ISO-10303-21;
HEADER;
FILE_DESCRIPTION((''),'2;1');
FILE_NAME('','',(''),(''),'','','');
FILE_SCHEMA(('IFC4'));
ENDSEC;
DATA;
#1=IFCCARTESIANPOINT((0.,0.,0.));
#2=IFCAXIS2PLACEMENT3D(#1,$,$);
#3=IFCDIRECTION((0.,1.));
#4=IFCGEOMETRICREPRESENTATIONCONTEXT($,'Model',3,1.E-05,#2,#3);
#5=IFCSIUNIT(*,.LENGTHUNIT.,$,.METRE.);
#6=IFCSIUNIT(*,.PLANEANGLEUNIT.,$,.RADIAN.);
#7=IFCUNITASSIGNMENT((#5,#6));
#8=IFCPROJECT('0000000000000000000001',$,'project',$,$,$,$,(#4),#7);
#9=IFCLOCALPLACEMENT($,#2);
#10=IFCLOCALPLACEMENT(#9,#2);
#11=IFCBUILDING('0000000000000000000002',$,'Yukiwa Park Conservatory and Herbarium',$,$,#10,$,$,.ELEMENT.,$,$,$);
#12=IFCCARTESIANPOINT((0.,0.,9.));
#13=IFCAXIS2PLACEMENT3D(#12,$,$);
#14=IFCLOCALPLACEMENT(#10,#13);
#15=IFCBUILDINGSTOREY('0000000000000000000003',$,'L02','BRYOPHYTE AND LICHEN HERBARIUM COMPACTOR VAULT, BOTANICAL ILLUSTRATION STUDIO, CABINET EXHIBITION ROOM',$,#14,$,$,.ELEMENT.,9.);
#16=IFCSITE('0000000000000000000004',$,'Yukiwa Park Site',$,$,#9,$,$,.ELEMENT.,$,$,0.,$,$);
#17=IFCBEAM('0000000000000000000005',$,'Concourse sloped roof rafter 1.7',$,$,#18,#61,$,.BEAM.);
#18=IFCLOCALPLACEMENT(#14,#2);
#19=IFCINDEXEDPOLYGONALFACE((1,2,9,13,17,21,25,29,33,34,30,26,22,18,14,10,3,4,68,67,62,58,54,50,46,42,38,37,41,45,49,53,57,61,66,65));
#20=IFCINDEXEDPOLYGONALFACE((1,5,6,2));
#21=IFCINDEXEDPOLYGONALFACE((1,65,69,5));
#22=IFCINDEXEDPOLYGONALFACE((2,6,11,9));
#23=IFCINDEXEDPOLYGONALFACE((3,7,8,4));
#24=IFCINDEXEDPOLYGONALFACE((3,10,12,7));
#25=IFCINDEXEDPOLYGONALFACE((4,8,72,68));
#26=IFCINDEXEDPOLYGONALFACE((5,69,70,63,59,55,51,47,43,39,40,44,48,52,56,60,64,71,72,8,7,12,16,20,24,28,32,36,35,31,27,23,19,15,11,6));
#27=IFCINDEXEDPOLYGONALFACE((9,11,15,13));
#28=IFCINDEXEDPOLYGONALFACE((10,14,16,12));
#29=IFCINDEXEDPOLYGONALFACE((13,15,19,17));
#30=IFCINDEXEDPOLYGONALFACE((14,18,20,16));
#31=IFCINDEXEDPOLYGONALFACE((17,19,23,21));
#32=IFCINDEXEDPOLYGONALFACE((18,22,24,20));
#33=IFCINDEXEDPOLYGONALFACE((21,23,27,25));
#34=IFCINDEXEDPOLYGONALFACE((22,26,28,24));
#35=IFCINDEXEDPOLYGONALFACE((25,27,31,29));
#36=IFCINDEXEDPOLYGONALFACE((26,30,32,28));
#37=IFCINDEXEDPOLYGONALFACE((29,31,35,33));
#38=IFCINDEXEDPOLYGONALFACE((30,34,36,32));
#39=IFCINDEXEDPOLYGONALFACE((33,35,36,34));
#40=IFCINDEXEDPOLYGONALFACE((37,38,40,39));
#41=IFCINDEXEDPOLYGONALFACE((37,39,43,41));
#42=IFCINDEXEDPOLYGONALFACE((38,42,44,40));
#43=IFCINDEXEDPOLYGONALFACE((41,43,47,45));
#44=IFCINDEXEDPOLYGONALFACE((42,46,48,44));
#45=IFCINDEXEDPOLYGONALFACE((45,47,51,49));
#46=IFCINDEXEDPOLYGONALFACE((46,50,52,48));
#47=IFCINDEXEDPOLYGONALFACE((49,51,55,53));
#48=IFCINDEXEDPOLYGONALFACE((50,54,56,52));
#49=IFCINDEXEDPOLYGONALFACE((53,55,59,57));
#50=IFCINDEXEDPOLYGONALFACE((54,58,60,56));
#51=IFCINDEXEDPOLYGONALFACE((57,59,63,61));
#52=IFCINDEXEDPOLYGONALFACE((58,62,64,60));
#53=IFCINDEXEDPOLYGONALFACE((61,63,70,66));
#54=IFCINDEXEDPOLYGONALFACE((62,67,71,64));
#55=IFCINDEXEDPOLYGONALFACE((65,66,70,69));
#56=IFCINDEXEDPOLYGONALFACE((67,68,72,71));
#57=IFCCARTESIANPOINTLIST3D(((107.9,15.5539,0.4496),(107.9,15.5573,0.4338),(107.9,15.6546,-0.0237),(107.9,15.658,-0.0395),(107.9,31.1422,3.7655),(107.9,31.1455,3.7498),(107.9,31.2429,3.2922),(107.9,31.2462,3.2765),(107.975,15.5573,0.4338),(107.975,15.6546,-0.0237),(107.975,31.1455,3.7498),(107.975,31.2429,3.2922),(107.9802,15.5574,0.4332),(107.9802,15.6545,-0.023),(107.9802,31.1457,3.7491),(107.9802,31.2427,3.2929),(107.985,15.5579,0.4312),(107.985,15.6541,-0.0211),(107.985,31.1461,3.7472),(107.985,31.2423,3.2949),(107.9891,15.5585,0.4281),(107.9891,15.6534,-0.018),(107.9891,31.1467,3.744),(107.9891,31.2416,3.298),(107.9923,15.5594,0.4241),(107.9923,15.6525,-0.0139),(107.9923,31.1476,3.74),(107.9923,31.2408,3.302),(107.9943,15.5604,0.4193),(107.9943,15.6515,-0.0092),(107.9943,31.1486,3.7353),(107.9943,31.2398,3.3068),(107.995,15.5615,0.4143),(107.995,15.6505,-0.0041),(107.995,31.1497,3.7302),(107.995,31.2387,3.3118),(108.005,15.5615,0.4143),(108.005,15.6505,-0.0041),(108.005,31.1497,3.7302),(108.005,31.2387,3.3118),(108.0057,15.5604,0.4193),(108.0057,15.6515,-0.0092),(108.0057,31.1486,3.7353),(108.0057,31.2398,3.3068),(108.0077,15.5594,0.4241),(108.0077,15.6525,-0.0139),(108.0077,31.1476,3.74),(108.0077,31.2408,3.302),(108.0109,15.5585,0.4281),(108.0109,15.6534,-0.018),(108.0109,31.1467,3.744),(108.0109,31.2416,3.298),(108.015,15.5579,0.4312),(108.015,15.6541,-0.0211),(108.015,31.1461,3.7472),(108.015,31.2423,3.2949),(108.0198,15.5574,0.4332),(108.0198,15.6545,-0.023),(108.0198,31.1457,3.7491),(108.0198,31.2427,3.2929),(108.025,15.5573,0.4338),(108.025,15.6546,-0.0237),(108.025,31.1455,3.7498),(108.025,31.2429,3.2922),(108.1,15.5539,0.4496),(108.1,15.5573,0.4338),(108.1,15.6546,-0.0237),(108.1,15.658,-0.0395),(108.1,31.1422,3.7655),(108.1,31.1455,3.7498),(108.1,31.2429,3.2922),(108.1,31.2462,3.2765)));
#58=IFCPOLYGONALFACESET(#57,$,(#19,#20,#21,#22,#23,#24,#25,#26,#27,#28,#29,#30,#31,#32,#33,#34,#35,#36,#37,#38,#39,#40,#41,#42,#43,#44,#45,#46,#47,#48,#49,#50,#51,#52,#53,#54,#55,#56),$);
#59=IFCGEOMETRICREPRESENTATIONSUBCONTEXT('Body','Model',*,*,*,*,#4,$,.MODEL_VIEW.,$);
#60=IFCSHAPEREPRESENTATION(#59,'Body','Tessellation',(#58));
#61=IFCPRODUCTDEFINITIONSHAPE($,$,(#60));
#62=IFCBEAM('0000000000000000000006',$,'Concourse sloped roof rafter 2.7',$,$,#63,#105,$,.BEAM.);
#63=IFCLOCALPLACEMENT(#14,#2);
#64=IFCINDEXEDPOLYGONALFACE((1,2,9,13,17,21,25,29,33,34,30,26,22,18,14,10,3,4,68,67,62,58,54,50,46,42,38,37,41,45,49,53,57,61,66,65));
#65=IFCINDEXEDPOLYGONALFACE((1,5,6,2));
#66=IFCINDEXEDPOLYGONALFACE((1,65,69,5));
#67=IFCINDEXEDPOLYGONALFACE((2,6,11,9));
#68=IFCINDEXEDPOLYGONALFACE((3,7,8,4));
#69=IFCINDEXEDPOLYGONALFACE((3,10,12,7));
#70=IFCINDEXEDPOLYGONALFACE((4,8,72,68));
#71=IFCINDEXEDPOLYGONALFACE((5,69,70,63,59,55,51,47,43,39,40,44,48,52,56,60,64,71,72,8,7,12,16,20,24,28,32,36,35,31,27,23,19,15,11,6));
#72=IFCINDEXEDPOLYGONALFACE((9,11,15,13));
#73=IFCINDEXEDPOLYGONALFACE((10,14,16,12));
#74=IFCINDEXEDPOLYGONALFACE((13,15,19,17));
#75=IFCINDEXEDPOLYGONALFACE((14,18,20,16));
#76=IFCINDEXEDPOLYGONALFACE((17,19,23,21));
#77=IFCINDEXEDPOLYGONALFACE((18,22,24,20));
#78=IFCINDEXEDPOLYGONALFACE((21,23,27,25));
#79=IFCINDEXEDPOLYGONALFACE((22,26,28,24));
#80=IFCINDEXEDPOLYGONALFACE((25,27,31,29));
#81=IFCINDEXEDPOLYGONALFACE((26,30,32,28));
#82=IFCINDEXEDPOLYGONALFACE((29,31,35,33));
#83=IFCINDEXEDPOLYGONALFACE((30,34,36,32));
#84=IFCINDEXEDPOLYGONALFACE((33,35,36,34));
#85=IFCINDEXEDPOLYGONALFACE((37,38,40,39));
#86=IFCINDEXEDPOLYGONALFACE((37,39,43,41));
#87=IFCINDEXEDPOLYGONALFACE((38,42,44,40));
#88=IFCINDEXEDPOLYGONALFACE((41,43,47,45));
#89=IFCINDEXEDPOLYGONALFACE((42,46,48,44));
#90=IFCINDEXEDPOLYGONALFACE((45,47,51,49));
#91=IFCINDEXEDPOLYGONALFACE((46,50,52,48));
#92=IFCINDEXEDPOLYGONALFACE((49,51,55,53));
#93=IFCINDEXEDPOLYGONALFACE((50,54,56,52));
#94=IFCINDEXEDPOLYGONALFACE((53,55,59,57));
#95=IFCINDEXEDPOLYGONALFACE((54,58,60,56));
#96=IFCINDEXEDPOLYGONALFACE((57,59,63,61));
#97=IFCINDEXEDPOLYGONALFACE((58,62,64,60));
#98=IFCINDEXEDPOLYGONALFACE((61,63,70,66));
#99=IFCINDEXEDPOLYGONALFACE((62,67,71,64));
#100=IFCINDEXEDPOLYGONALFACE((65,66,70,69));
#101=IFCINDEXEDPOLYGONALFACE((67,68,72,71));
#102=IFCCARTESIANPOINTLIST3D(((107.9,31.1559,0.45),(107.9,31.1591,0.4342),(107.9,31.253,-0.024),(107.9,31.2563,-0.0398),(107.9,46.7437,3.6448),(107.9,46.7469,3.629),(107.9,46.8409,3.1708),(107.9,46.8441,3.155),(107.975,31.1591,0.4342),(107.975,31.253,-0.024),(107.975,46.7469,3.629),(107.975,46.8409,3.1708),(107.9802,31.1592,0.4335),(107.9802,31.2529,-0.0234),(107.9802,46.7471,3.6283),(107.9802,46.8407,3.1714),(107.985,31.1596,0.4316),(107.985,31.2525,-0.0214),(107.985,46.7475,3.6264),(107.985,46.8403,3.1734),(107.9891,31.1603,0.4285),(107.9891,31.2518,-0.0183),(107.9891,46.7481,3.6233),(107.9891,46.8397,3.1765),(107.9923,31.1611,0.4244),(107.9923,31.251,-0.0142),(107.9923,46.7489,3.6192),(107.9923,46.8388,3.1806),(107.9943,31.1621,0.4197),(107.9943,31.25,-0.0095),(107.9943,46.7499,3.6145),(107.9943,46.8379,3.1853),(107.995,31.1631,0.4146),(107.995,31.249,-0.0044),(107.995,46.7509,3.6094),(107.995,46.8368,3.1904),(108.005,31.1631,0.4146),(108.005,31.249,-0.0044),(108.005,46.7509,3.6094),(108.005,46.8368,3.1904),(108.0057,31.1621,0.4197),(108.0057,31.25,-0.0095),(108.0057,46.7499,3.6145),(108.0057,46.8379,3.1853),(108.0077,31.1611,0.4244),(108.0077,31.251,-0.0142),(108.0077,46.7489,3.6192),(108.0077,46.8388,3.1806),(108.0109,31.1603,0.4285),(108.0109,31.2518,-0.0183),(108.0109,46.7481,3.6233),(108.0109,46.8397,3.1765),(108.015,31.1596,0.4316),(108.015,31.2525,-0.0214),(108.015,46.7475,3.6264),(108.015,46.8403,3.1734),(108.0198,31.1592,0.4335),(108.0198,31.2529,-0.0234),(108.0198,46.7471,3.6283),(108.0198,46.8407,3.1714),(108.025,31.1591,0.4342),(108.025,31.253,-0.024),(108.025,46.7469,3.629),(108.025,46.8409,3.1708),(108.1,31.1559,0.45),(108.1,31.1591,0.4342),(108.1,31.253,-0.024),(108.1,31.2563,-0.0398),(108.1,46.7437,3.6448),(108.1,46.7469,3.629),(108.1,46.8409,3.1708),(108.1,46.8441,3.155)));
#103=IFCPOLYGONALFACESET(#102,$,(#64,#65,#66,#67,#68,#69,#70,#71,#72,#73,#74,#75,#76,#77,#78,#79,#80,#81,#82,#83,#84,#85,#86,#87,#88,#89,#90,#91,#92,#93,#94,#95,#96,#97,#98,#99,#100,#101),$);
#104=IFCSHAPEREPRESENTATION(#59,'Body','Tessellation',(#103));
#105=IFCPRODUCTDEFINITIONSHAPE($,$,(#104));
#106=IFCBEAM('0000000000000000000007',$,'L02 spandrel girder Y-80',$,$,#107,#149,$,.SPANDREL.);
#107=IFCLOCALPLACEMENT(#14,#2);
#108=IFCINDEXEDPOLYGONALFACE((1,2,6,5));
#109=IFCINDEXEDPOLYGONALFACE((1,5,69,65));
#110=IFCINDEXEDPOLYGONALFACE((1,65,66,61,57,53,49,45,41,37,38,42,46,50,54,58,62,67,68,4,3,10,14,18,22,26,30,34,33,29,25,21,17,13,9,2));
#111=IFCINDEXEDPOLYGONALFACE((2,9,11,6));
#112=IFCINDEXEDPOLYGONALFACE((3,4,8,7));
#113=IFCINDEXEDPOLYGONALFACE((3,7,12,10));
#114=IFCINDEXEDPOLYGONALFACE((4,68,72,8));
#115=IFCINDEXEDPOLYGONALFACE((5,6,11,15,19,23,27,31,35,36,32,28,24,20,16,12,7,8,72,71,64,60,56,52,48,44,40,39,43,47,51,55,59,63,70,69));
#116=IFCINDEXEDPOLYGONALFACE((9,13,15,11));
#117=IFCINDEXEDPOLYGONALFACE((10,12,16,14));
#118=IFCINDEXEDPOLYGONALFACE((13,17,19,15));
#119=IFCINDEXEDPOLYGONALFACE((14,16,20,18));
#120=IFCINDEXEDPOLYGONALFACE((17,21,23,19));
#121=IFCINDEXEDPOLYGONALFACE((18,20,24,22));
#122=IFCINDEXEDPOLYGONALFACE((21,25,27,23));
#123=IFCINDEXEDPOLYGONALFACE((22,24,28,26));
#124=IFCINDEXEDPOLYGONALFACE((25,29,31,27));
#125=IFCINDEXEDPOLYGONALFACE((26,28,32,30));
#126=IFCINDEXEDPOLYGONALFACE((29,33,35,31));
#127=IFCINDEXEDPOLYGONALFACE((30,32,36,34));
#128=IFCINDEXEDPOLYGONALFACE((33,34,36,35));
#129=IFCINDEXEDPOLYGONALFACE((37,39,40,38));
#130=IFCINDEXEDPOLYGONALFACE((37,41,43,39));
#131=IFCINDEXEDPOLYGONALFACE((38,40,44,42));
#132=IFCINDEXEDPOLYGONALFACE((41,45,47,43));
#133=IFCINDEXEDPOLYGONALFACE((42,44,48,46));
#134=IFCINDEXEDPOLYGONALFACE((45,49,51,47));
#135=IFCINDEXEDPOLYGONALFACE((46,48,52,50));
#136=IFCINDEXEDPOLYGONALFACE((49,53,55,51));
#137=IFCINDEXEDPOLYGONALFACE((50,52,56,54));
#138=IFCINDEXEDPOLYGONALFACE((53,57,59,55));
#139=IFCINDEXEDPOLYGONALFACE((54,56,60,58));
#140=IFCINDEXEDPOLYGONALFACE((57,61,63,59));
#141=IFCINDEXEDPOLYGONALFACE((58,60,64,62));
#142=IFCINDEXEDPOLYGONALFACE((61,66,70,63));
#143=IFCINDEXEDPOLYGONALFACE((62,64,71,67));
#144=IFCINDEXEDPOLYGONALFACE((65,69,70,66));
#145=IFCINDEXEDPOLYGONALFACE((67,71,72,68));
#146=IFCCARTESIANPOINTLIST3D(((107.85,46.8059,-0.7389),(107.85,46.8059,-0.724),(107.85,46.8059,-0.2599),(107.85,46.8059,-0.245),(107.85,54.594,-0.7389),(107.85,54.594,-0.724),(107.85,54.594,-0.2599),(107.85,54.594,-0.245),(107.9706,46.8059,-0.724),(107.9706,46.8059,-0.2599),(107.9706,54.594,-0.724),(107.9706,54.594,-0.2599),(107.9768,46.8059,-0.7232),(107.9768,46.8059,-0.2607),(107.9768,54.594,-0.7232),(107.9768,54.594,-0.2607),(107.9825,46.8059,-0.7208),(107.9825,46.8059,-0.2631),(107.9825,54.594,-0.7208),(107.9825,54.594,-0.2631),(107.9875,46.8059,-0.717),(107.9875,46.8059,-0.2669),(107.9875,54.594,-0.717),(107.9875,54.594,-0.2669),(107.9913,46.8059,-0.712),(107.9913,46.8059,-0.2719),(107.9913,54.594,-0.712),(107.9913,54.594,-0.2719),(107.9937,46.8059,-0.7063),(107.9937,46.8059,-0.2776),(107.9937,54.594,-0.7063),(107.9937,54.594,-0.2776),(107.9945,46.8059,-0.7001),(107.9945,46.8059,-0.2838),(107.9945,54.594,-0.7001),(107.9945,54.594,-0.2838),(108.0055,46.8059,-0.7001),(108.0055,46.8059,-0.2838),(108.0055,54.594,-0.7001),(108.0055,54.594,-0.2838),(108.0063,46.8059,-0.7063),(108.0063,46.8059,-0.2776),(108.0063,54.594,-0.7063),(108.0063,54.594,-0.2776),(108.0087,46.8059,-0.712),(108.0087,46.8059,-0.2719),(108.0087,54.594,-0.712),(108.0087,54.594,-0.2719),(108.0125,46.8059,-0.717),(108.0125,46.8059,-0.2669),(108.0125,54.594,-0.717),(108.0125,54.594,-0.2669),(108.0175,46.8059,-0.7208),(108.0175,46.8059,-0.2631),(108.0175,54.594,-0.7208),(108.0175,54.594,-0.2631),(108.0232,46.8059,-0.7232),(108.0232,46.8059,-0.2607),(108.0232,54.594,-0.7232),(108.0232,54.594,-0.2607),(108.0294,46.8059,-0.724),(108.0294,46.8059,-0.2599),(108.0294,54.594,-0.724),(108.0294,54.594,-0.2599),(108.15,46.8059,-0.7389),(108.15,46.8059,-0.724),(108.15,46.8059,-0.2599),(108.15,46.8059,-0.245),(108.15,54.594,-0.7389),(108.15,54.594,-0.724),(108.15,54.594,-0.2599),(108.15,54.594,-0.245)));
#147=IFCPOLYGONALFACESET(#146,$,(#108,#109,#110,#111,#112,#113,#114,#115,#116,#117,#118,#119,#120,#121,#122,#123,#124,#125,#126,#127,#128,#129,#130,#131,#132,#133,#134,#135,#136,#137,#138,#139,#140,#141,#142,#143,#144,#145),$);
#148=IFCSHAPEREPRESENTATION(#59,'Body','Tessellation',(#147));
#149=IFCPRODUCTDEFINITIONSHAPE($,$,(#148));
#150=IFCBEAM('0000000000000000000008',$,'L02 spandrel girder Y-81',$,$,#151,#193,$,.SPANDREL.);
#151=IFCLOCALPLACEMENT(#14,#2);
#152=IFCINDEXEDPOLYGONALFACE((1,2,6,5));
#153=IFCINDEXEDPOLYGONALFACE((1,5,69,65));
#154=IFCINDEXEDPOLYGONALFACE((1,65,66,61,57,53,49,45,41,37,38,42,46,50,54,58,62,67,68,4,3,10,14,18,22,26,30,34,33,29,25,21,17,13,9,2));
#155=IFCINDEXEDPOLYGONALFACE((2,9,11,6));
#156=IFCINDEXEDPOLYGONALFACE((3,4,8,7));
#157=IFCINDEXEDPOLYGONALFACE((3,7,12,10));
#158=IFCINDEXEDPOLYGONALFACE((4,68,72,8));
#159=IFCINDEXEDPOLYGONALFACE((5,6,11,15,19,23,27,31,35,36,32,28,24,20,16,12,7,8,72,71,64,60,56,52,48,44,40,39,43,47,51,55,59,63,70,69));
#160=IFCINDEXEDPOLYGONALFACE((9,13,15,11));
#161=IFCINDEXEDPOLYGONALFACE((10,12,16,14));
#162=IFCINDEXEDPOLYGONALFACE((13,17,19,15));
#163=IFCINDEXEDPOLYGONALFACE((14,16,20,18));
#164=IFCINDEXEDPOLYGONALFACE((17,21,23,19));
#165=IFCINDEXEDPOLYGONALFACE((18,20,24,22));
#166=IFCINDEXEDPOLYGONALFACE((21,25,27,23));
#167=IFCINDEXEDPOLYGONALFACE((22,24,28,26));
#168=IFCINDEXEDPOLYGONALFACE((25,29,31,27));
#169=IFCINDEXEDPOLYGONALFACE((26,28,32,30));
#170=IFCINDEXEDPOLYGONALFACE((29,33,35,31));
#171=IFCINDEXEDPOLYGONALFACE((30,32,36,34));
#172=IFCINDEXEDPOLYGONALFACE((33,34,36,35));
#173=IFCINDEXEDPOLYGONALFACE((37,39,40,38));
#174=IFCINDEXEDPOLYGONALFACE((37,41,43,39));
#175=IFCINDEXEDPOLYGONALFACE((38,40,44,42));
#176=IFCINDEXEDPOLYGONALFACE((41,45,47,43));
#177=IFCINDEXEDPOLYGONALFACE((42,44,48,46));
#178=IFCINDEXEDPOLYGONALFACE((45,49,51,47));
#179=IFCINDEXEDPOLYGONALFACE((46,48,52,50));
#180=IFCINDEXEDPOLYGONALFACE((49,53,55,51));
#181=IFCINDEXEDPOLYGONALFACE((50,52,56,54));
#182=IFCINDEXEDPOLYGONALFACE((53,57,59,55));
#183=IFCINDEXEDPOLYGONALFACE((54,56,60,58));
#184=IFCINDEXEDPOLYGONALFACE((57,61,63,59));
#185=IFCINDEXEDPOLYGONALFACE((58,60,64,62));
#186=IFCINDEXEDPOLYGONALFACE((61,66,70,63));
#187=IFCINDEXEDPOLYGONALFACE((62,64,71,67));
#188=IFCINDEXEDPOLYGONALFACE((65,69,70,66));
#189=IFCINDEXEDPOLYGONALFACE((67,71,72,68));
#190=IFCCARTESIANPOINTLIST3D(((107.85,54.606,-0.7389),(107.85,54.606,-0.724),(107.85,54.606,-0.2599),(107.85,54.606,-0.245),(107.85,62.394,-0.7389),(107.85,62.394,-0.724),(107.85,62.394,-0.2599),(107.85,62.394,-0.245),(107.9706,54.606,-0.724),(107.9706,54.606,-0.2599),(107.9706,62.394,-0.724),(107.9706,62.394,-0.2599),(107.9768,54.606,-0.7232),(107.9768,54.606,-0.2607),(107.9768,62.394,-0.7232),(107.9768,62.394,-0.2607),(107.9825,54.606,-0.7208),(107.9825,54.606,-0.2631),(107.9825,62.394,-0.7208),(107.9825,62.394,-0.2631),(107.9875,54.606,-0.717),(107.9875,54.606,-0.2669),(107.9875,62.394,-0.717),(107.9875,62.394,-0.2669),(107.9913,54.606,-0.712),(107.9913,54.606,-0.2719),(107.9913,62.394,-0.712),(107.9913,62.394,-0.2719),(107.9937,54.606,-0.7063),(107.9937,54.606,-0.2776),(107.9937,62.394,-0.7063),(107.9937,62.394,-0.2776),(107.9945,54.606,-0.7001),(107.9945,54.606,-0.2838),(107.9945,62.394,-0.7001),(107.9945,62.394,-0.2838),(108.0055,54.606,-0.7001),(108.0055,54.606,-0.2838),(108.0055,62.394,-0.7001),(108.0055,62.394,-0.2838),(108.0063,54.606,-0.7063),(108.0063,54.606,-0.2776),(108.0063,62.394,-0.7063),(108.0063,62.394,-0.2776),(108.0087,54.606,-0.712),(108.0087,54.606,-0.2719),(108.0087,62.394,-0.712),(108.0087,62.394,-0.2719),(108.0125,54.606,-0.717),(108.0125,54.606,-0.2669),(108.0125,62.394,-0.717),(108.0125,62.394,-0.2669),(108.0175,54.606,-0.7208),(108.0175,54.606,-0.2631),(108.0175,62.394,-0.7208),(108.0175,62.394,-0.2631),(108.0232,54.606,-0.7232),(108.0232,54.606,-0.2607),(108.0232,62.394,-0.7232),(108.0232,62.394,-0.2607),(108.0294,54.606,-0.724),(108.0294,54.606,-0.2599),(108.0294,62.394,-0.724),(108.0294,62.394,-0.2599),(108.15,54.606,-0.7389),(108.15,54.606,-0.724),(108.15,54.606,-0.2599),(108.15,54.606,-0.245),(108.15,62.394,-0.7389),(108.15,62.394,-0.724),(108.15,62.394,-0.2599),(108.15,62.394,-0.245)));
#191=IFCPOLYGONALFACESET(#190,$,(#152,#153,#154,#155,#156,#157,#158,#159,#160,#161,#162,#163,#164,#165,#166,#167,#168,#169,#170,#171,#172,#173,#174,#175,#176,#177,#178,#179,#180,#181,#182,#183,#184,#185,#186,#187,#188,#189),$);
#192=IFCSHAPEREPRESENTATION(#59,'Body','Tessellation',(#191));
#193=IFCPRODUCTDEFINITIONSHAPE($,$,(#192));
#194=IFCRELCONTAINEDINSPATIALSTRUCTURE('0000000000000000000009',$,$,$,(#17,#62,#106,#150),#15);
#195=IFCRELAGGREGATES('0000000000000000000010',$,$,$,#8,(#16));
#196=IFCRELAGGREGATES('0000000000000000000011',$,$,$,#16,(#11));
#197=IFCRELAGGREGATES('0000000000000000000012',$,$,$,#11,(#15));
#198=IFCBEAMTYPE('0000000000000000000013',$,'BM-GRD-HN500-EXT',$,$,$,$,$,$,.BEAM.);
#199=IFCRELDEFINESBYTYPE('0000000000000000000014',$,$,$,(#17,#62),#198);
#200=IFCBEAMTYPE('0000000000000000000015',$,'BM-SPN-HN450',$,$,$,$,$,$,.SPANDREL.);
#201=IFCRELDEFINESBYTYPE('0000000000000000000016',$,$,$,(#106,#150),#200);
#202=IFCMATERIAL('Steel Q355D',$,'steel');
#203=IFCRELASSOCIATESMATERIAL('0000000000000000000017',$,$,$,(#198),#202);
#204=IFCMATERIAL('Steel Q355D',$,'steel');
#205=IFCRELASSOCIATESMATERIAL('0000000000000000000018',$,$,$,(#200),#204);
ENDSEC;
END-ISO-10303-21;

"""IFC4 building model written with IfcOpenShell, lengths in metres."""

from ifc_helpers import new_model, si_unit, direction, frame, origin, origin_2d, place, context, subcontext, project, spatial, i_section, extrude, material, material_profile, profile_set, type_object, element, save


model = new_model("IFC4")

# Units and contexts
model_context = context("Model", 3, precision=1e-05, world=origin(), true_north=direction((0.0, 1.0)))
body_context = subcontext(model_context, "Body", "Model", "MODEL_VIEW")
ifc_project = project(units=[si_unit("LENGTHUNIT", "METRE"), si_unit("PLANEANGLEUNIT", "RADIAN")], contexts=[model_context])

# Site, building, storey
site_placement = place(None, origin())
site = spatial("IfcSite", under=ifc_project, at=site_placement, Name="Yukiwa Park Site", CompositionType="ELEMENT", RefElevation=0.0)
building_placement = place(site_placement, origin())
building = spatial("IfcBuilding", under=site, at=building_placement, Name="Yukiwa Park Conservatory and Herbarium", CompositionType="ELEMENT")
storey_placement = place(building_placement, frame((0.0, 0.0, 9.0)))
storey = spatial("IfcBuildingStorey", under=building, at=storey_placement, Name="L02", Description="BRYOPHYTE AND LICHEN HERBARIUM COMPACTOR VAULT, BOTANICAL ILLUSTRATION STUDIO, CABINET EXHIBITION ROOM", CompositionType="ELEMENT", Elevation=9.0)

# Beams
ifc_material_1 = material(Name="Steel Q355D", Category="steel")
ifc_material_profile_1 = material_profile(ifc_material_1, i_section(OverallWidth=0.2, OverallDepth=0.5, WebThickness=0.01, FlangeThickness=0.0161, FilletRadius=0.02, at=origin_2d()), Name="HN 500x200x10x16")
ifc_profile_set_1 = profile_set([ifc_material_profile_1], Name="Steel Q355D")
beam_type_1 = type_object("IfcBeamType", Name="BM-GRD-HN500-EXT", PredefinedType="BEAM", material=ifc_profile_set_1)
beam_1_placement = place(storey_placement, frame((108.0, 15.606, 0.2051), z_axis=(0.0, 0.978115, 0.208065), x_axis=(-1.0, 0.0, 0.0)))
element("IfcBeam", 1, at=beam_1_placement, inside=storey, type_object=beam_type_1, Name="Concourse sloped roof rafter 1.7", PredefinedType="BEAM", context=body_context, shape_type="SweptSolid", body=[
    extrude(i_section(OverallWidth=0.2, OverallDepth=0.5, WebThickness=0.01, FlangeThickness=0.0161, FilletRadius=0.02, at=origin_2d()), origin(), (0.0, 0.0, 1.0), 15.937),
])
beam_2_placement = place(storey_placement, frame((108.0, 31.2061, 0.2051), z_axis=(0.0, 0.979636, 0.200782), x_axis=(-1.0, 0.0, 0.0)))
element("IfcBeam", 2, at=beam_2_placement, inside=storey, type_object=beam_type_1, Name="Concourse sloped roof rafter 2.7", PredefinedType="BEAM", context=body_context, shape_type="SweptSolid", body=[
    extrude(i_section(OverallWidth=0.2, OverallDepth=0.5, WebThickness=0.01, FlangeThickness=0.0161, FilletRadius=0.02, at=origin_2d()), origin(), (0.0, 0.0, 1.0), 15.9119),
])
ifc_material_2 = material(Name="Steel Q355D", Category="steel")
ifc_material_profile_2 = material_profile(ifc_material_2, i_section(OverallWidth=0.3, OverallDepth=0.4939, WebThickness=0.011, FlangeThickness=0.0149, FilletRadius=0.0239, at=origin_2d()), Name="HM 494x300x11x15")
ifc_profile_set_2 = profile_set([ifc_material_profile_2], Name="Steel Q355D")
beam_type_2 = type_object("IfcBeamType", Name="BM-SPN-HN450", PredefinedType="SPANDREL", material=ifc_profile_set_2)
for number, where, z_axis, x_axis, name in (
    (3, (108.0, 46.8059, -0.4919), (0.0, 1.0, 0.0), (-1.0, 0.0, 0.0), "L02 spandrel girder Y-80"),
    (4, (108.0, 54.606, -0.4919), (0.0, 1.0, 0.0), (-1.0, 0.0, 0.0), "L02 spandrel girder Y-81"),
):
    element("IfcBeam", number, at=place(storey_placement, frame(where, z_axis=z_axis, x_axis=x_axis)), inside=storey, type_object=beam_type_2, Name=name, PredefinedType="SPANDREL", context=body_context, shape_type="SweptSolid", body=[
        extrude(i_section(OverallWidth=0.3, OverallDepth=0.4939, WebThickness=0.011, FlangeThickness=0.0149, FilletRadius=0.0239, at=origin_2d()), origin(), (0.0, 0.0, 1.0), 7.7881),
    ])

save(model, "model.ifc")
